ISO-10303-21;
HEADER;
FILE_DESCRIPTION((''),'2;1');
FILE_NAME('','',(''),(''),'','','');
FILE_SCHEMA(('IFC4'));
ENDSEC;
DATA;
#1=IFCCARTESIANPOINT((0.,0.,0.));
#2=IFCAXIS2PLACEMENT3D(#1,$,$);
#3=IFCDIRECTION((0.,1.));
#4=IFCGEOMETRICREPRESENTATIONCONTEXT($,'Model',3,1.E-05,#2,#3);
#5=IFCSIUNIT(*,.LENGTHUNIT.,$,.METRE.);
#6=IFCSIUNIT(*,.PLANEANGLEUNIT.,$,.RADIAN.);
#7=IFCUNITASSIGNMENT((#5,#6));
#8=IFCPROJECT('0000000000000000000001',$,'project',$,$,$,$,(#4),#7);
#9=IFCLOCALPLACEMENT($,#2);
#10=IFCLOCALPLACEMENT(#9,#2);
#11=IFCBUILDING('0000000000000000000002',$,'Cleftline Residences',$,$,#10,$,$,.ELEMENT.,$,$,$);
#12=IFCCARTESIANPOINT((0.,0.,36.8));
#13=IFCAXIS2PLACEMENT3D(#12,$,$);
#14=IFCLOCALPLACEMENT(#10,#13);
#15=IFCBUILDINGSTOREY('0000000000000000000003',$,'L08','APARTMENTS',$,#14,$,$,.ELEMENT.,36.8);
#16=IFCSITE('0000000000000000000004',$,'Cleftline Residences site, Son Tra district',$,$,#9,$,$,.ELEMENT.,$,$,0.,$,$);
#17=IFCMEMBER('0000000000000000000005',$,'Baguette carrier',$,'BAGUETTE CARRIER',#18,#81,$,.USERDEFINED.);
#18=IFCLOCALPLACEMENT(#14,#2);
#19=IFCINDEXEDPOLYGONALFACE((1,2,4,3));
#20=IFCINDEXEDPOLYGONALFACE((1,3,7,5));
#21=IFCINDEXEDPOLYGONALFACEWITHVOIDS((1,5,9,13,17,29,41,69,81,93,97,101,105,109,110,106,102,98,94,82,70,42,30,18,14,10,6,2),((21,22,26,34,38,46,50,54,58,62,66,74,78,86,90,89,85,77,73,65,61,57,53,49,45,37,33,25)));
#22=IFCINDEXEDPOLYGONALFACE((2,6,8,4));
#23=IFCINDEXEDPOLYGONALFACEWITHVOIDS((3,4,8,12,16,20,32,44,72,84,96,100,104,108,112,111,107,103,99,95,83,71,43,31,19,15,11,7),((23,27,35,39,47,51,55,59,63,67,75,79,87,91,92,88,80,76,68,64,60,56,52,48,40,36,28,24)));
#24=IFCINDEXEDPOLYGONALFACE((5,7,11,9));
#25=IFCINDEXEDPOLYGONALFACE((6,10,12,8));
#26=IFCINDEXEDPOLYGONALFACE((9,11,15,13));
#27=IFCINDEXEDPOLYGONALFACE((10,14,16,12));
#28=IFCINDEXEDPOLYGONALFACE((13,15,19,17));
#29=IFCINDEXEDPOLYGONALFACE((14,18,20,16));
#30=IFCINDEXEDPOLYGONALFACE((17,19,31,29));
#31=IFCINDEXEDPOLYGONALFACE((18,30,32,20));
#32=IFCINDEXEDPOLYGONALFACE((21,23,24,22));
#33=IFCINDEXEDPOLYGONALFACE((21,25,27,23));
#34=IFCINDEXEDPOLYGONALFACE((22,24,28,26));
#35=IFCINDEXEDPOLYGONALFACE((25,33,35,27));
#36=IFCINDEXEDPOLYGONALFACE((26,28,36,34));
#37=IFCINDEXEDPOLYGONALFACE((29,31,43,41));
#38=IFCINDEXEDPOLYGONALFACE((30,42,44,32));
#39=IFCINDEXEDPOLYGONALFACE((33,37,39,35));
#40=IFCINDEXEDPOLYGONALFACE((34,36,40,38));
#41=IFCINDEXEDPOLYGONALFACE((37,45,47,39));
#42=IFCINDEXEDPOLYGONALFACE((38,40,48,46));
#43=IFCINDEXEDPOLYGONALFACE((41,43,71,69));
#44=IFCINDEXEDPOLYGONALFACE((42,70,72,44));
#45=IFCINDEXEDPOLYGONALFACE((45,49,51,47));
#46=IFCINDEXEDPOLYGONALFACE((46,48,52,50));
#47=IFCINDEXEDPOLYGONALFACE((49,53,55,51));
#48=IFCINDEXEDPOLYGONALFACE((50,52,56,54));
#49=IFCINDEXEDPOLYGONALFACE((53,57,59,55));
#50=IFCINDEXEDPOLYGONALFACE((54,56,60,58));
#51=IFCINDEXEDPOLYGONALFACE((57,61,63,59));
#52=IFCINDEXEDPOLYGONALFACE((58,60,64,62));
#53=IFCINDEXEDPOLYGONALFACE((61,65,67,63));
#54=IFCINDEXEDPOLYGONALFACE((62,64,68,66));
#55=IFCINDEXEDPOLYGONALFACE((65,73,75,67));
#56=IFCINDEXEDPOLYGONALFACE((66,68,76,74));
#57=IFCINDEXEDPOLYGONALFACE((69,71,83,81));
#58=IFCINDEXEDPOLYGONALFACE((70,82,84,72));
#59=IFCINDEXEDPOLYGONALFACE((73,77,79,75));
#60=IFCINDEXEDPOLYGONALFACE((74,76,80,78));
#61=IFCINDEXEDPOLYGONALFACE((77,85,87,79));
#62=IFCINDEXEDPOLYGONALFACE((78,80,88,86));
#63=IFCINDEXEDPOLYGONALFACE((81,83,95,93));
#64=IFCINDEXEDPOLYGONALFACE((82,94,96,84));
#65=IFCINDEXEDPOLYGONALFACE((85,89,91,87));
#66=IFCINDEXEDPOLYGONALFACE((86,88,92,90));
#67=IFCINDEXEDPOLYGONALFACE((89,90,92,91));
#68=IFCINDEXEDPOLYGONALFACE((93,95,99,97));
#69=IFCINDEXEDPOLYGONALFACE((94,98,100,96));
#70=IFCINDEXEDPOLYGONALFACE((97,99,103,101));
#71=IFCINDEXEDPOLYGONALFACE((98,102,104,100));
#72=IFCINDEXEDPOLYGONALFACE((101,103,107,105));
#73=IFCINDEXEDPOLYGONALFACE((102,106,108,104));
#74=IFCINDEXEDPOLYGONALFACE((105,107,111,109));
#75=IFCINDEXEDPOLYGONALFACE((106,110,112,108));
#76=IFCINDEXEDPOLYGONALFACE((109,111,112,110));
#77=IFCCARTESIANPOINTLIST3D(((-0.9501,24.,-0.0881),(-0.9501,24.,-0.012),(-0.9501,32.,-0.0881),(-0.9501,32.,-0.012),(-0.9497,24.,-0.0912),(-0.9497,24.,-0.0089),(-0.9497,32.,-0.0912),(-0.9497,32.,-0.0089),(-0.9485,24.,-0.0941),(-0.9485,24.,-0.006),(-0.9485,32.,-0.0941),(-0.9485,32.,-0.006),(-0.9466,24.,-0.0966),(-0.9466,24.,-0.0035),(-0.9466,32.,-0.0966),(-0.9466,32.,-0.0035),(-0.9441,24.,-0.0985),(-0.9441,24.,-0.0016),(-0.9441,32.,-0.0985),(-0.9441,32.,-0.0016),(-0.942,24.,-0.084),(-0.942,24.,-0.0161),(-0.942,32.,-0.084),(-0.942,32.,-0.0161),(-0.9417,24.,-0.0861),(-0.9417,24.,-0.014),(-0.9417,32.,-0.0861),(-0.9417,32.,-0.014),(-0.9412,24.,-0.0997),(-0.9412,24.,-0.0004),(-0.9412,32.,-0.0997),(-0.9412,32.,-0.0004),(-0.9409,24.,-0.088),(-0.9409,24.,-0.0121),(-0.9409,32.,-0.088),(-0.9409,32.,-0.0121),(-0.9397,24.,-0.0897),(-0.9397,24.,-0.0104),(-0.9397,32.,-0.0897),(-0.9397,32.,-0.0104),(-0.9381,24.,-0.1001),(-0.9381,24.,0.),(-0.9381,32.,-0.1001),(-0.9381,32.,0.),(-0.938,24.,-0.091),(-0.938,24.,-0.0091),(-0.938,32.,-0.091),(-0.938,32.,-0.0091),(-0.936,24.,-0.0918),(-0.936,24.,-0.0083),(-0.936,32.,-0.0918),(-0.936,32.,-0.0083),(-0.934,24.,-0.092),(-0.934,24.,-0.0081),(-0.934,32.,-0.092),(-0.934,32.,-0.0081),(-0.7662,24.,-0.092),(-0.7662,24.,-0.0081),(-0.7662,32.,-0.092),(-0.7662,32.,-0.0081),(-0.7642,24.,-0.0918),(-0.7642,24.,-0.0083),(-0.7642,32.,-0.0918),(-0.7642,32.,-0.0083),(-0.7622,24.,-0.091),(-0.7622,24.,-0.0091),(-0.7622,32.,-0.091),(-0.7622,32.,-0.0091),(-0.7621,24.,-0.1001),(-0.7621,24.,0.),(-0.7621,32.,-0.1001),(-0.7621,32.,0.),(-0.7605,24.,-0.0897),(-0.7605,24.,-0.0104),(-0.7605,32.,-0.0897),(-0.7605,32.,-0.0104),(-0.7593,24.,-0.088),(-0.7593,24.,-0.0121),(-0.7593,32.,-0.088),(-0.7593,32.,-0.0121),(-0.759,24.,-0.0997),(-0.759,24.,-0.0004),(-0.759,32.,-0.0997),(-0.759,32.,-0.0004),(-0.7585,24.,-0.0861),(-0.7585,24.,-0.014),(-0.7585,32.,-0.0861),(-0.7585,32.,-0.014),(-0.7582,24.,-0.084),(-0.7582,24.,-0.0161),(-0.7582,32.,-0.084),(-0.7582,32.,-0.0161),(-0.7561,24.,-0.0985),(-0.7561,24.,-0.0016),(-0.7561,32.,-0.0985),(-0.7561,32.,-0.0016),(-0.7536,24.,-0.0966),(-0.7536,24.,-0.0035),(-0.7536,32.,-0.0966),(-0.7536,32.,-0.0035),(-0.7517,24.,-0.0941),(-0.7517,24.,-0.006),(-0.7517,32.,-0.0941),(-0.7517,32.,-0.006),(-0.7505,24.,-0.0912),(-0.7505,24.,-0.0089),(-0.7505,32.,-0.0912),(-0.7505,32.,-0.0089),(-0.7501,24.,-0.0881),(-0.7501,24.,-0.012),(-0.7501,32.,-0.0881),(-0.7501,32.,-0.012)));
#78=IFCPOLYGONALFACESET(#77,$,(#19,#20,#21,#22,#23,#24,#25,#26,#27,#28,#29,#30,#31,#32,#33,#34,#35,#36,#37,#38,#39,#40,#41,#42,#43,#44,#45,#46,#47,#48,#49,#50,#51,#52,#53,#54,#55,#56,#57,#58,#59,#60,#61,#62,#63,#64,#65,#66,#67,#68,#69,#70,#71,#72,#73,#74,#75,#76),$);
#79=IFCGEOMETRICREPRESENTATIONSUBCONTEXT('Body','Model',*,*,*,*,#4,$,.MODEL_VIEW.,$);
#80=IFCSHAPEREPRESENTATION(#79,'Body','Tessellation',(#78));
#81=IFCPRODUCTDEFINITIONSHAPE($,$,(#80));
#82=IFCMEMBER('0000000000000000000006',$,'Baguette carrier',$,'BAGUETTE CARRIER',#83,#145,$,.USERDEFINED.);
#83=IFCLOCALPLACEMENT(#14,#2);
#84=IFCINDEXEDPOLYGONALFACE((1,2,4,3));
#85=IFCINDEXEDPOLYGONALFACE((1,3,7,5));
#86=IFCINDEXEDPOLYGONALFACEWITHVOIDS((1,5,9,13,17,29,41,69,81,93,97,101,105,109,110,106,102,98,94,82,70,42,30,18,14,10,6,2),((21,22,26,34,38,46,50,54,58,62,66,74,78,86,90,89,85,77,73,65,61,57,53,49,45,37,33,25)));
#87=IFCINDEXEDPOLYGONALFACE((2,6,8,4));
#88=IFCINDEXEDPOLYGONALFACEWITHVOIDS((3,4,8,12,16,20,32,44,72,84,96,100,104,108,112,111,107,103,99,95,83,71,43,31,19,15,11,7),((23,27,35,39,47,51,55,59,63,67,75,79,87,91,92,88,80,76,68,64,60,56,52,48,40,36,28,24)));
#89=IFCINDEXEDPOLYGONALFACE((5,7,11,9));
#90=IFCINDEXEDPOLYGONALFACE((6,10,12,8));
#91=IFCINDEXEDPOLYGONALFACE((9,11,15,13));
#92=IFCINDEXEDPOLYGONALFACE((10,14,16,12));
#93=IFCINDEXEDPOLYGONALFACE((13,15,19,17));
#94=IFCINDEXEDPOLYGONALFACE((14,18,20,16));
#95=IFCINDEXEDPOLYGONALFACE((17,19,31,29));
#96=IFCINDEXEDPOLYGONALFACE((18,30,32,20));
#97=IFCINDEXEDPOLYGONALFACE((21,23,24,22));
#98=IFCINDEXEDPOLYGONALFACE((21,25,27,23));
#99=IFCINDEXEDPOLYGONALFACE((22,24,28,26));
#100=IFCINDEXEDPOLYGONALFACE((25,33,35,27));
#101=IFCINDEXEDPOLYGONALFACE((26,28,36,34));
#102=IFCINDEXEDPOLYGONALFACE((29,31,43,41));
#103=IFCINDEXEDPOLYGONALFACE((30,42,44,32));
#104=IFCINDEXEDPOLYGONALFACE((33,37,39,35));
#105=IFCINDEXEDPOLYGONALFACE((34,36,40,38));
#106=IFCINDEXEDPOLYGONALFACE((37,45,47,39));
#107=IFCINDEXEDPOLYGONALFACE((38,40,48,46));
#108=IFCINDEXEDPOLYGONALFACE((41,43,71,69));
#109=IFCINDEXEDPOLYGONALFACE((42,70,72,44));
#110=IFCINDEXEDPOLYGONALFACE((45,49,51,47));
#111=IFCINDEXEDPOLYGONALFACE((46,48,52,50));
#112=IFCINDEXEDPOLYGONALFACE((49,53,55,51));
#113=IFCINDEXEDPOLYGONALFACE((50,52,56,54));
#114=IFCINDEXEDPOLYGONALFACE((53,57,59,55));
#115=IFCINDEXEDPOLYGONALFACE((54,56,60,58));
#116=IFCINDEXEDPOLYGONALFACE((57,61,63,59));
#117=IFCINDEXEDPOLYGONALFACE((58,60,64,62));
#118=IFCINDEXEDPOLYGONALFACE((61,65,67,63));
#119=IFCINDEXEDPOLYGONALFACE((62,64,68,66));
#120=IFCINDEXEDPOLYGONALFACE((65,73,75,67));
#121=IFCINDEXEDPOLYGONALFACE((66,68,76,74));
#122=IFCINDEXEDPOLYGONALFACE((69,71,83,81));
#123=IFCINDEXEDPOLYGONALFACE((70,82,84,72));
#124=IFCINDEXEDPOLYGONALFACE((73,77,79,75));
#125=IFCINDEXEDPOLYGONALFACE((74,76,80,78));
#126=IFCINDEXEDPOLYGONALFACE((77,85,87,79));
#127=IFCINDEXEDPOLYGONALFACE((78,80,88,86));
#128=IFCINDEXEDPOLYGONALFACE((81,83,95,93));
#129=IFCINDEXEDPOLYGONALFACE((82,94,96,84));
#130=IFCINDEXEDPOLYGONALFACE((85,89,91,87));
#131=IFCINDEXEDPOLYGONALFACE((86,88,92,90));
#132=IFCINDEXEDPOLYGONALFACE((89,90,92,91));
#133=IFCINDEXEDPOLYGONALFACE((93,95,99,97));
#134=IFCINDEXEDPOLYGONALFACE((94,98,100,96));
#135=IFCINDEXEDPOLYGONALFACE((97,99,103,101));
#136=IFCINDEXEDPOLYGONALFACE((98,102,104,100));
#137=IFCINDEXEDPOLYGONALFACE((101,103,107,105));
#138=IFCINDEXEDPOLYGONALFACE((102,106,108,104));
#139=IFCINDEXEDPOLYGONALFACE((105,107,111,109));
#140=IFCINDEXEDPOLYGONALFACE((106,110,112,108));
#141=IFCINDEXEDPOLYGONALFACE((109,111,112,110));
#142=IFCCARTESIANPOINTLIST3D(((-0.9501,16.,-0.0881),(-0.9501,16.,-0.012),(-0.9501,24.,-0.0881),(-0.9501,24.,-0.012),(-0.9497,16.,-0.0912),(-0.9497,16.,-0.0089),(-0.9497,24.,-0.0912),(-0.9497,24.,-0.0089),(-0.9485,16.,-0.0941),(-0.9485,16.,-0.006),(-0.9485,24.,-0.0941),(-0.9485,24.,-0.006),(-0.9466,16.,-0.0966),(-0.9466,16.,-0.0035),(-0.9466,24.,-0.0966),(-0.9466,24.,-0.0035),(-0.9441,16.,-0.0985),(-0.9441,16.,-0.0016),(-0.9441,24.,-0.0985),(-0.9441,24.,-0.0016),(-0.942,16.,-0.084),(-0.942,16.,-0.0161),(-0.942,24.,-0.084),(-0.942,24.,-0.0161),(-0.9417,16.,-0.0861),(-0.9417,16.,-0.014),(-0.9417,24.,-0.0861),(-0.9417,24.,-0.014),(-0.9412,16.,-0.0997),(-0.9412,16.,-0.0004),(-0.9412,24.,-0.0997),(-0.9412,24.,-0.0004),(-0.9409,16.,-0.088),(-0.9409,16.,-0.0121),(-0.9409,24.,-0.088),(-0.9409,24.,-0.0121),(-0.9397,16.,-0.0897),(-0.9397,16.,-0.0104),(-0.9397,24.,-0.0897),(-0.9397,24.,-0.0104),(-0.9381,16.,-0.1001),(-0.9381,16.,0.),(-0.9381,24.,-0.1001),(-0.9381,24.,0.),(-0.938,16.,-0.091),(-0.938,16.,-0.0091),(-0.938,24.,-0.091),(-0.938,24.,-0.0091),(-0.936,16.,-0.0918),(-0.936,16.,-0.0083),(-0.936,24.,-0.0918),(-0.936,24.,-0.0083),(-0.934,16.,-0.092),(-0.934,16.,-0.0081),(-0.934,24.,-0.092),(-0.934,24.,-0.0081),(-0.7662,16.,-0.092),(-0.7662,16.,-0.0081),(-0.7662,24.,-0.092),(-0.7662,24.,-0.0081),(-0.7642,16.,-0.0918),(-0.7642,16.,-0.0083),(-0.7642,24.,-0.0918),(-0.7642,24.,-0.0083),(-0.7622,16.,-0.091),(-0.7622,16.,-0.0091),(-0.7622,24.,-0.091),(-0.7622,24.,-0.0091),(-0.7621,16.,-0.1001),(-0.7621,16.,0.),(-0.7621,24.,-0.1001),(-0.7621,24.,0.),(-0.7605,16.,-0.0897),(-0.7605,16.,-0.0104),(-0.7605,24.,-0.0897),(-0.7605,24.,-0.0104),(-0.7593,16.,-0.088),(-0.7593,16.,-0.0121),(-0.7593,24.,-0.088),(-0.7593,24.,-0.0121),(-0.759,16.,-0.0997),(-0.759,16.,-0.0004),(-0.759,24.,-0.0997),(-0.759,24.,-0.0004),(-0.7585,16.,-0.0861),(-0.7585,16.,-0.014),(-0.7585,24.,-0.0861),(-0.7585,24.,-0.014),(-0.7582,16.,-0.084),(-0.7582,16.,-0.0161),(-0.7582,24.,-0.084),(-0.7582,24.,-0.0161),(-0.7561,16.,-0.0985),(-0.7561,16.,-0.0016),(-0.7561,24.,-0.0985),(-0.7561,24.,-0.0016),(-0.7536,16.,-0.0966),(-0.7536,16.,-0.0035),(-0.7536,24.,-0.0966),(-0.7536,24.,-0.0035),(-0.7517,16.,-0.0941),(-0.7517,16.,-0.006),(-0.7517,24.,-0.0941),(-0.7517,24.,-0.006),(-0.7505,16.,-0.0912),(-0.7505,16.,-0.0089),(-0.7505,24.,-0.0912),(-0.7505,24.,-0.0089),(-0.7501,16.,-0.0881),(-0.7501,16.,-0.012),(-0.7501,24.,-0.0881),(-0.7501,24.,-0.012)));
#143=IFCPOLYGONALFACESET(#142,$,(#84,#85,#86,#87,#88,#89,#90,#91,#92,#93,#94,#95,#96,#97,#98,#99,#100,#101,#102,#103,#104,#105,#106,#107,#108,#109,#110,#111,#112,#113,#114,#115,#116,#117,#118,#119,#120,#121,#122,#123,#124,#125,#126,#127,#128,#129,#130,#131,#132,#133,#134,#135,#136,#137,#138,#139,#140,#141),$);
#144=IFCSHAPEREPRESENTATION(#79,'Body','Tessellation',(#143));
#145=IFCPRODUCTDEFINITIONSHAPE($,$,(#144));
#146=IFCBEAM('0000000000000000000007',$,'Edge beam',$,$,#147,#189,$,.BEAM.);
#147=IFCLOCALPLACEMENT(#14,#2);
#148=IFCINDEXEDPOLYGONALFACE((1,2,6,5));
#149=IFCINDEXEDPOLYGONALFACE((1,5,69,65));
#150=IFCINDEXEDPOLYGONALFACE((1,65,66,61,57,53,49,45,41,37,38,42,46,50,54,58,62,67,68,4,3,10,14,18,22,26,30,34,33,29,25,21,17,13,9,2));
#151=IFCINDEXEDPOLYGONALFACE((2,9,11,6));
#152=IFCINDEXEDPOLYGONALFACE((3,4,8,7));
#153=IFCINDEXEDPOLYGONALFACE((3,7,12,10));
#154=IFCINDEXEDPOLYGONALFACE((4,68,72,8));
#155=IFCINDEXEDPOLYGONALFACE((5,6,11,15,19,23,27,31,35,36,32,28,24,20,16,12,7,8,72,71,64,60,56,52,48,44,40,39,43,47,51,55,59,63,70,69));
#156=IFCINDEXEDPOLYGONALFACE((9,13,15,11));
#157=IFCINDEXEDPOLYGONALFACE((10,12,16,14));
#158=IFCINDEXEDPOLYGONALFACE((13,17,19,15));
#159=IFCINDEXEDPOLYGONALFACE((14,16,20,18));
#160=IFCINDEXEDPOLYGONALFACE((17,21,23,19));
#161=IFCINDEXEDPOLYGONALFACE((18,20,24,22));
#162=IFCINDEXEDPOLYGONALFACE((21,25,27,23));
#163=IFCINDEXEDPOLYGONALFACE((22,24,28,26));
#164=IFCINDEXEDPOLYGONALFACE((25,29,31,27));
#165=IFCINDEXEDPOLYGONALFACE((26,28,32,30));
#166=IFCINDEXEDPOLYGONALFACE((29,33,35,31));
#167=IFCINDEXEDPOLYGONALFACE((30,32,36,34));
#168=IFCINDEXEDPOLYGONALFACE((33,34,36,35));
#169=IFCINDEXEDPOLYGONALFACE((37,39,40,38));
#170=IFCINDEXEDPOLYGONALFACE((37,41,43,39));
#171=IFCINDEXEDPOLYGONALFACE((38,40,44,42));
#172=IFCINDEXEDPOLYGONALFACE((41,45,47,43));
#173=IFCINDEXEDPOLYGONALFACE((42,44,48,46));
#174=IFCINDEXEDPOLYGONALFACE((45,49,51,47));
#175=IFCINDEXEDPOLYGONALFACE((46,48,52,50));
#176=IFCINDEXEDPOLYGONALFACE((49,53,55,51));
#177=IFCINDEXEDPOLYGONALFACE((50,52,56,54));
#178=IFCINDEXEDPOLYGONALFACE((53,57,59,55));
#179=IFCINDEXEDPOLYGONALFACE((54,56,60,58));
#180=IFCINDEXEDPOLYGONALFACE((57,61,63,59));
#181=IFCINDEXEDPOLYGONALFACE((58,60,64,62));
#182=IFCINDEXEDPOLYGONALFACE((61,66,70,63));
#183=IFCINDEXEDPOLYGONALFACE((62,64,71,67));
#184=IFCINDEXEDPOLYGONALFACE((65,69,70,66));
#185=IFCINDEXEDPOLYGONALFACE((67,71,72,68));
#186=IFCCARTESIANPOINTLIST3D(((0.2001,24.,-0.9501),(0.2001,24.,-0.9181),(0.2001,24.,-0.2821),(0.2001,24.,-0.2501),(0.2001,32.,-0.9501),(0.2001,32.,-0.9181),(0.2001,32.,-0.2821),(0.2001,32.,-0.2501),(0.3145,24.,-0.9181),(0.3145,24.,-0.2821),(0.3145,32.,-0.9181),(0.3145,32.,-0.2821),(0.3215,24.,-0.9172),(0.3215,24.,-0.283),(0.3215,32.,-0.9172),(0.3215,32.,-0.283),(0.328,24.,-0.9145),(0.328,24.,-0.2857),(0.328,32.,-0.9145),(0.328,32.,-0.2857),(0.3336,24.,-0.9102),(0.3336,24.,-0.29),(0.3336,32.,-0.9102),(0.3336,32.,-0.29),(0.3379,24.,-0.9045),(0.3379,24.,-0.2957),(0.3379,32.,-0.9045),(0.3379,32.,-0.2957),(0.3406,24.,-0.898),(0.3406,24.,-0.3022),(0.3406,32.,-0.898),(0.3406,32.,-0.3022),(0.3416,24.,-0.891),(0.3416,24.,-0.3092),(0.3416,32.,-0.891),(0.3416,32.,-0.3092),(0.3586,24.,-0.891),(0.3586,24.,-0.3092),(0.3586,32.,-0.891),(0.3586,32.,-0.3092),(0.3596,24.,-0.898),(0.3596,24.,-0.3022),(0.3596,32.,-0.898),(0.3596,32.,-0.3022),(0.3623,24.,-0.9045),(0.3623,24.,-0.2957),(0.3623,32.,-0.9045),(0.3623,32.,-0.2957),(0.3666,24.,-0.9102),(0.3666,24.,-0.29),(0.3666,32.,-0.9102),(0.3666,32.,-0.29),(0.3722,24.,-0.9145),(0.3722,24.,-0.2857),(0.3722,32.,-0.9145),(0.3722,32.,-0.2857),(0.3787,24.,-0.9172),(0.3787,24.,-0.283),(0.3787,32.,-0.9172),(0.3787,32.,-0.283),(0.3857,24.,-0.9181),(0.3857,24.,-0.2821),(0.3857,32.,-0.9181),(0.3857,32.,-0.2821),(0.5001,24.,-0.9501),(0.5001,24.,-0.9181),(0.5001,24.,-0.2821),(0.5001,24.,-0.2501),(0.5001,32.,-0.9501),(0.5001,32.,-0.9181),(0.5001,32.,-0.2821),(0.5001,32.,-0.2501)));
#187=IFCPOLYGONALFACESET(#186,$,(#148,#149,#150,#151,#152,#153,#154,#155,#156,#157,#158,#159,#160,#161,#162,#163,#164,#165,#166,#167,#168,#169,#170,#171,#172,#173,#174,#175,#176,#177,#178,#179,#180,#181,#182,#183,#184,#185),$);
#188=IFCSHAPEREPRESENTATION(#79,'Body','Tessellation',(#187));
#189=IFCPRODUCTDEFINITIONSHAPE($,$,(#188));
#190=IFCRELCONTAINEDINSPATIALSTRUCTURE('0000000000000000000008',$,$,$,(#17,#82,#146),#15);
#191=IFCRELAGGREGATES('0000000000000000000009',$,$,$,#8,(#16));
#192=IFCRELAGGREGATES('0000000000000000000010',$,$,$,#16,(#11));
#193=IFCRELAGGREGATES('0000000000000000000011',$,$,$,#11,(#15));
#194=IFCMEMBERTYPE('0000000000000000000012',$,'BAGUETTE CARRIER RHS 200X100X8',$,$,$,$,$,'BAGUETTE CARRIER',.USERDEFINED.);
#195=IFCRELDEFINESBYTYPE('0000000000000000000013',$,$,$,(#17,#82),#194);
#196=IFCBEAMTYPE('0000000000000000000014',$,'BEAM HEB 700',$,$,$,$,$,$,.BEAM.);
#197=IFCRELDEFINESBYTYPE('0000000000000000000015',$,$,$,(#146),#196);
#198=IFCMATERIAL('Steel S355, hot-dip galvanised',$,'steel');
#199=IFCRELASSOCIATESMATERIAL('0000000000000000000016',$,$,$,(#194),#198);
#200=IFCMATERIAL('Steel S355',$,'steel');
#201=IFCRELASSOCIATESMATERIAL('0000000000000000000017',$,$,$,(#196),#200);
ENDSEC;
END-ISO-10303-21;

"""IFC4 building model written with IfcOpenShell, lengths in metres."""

from ifc_helpers import new_model, si_unit, direction, frame, origin, origin_2d, place, context, subcontext, project, spatial, hollow_rectangle, i_section, extrude, material, material_profile, profile_set, type_object, element, save


model = new_model("IFC4")

# Units and contexts
model_context = context("Model", 3, precision=1e-05, world=origin(), true_north=direction((0.0, 1.0)))
body_context = subcontext(model_context, "Body", "Model", "MODEL_VIEW")
ifc_project = project(units=[si_unit("LENGTHUNIT", "METRE"), si_unit("PLANEANGLEUNIT", "RADIAN")], contexts=[model_context])

# Site, building, storey
site_placement = place(None, origin())
site = spatial("IfcSite", under=ifc_project, at=site_placement, Name="Cleftline Residences site, Son Tra district", CompositionType="ELEMENT", RefElevation=0.0)
building_placement = place(site_placement, origin())
building = spatial("IfcBuilding", under=site, at=building_placement, Name="Cleftline Residences", CompositionType="ELEMENT")
storey_placement = place(building_placement, frame((0.0, 0.0, 36.8)))
storey = spatial("IfcBuildingStorey", under=building, at=storey_placement, Name="L08", Description="APARTMENTS", CompositionType="ELEMENT", Elevation=36.8)

# Members
ifc_material_1 = material(Name="Steel S355, hot-dip galvanised", Category="steel")
ifc_material_profile_1 = material_profile(ifc_material_1, hollow_rectangle(XDim=0.1001, YDim=0.2, WallThickness=0.0081, InnerFilletRadius=0.0081, OuterFilletRadius=0.012, at=origin_2d()))
ifc_profile_set_1 = profile_set([ifc_material_profile_1], Name="Steel S355, hot-dip galvanised")
member_type_1 = type_object("IfcMemberType", Name="BAGUETTE CARRIER RHS 200X100X8", ElementType="BAGUETTE CARRIER", PredefinedType="USERDEFINED", material=ifc_profile_set_1)
for number, where, z_axis, x_axis, name in (
    (1, (-0.8501, 32.0, -0.05), (0.0, -1.0, 0.0), (0.0, 0.0, 1.0), "Baguette carrier"),
    (2, (-0.8501, 24.0, -0.05), (0.0, -1.0, 0.0), (0.0, 0.0, 1.0), "Baguette carrier"),
):
    element("IfcMember", number, at=place(storey_placement, frame(where, z_axis=z_axis, x_axis=x_axis)), inside=storey, type_object=member_type_1, Name=name, ObjectType="BAGUETTE CARRIER", PredefinedType="USERDEFINED", context=body_context, shape_type="SweptSolid", body=[
        extrude(hollow_rectangle(XDim=0.1001, YDim=0.2, WallThickness=0.0081, InnerFilletRadius=0.0081, OuterFilletRadius=0.012, at=origin_2d()), origin(), (0.0, 0.0, 1.0), 8.0),
    ])

# Beam
ifc_material_2 = material(Name="Steel S355", Category="steel")
ifc_material_profile_2 = material_profile(ifc_material_2, i_section(OverallWidth=0.3, OverallDepth=0.7, WebThickness=0.0171, FlangeThickness=0.032, FilletRadius=0.0271, at=origin_2d()))
ifc_profile_set_2 = profile_set([ifc_material_profile_2], Name="Steel S355")
beam_type_1 = type_object("IfcBeamType", Name="BEAM HEB 700", PredefinedType="BEAM", material=ifc_profile_set_2)
for number, where, z_axis, x_axis, name in (
    (3, (0.3501, 24.0, -0.6001), (0.0, 1.0, 0.0), (-1.0, 0.0, 0.0), "Edge beam"),
):
    element("IfcBeam", number, at=place(storey_placement, frame(where, z_axis=z_axis, x_axis=x_axis)), inside=storey, type_object=beam_type_1, Name=name, PredefinedType="BEAM", context=body_context, shape_type="SweptSolid", body=[
        extrude(i_section(OverallWidth=0.3, OverallDepth=0.7, WebThickness=0.0171, FlangeThickness=0.032, FilletRadius=0.0271, at=origin_2d()), origin(), (0.0, 0.0, 1.0), 8.0),
    ])

save(model, "model.ifc")
